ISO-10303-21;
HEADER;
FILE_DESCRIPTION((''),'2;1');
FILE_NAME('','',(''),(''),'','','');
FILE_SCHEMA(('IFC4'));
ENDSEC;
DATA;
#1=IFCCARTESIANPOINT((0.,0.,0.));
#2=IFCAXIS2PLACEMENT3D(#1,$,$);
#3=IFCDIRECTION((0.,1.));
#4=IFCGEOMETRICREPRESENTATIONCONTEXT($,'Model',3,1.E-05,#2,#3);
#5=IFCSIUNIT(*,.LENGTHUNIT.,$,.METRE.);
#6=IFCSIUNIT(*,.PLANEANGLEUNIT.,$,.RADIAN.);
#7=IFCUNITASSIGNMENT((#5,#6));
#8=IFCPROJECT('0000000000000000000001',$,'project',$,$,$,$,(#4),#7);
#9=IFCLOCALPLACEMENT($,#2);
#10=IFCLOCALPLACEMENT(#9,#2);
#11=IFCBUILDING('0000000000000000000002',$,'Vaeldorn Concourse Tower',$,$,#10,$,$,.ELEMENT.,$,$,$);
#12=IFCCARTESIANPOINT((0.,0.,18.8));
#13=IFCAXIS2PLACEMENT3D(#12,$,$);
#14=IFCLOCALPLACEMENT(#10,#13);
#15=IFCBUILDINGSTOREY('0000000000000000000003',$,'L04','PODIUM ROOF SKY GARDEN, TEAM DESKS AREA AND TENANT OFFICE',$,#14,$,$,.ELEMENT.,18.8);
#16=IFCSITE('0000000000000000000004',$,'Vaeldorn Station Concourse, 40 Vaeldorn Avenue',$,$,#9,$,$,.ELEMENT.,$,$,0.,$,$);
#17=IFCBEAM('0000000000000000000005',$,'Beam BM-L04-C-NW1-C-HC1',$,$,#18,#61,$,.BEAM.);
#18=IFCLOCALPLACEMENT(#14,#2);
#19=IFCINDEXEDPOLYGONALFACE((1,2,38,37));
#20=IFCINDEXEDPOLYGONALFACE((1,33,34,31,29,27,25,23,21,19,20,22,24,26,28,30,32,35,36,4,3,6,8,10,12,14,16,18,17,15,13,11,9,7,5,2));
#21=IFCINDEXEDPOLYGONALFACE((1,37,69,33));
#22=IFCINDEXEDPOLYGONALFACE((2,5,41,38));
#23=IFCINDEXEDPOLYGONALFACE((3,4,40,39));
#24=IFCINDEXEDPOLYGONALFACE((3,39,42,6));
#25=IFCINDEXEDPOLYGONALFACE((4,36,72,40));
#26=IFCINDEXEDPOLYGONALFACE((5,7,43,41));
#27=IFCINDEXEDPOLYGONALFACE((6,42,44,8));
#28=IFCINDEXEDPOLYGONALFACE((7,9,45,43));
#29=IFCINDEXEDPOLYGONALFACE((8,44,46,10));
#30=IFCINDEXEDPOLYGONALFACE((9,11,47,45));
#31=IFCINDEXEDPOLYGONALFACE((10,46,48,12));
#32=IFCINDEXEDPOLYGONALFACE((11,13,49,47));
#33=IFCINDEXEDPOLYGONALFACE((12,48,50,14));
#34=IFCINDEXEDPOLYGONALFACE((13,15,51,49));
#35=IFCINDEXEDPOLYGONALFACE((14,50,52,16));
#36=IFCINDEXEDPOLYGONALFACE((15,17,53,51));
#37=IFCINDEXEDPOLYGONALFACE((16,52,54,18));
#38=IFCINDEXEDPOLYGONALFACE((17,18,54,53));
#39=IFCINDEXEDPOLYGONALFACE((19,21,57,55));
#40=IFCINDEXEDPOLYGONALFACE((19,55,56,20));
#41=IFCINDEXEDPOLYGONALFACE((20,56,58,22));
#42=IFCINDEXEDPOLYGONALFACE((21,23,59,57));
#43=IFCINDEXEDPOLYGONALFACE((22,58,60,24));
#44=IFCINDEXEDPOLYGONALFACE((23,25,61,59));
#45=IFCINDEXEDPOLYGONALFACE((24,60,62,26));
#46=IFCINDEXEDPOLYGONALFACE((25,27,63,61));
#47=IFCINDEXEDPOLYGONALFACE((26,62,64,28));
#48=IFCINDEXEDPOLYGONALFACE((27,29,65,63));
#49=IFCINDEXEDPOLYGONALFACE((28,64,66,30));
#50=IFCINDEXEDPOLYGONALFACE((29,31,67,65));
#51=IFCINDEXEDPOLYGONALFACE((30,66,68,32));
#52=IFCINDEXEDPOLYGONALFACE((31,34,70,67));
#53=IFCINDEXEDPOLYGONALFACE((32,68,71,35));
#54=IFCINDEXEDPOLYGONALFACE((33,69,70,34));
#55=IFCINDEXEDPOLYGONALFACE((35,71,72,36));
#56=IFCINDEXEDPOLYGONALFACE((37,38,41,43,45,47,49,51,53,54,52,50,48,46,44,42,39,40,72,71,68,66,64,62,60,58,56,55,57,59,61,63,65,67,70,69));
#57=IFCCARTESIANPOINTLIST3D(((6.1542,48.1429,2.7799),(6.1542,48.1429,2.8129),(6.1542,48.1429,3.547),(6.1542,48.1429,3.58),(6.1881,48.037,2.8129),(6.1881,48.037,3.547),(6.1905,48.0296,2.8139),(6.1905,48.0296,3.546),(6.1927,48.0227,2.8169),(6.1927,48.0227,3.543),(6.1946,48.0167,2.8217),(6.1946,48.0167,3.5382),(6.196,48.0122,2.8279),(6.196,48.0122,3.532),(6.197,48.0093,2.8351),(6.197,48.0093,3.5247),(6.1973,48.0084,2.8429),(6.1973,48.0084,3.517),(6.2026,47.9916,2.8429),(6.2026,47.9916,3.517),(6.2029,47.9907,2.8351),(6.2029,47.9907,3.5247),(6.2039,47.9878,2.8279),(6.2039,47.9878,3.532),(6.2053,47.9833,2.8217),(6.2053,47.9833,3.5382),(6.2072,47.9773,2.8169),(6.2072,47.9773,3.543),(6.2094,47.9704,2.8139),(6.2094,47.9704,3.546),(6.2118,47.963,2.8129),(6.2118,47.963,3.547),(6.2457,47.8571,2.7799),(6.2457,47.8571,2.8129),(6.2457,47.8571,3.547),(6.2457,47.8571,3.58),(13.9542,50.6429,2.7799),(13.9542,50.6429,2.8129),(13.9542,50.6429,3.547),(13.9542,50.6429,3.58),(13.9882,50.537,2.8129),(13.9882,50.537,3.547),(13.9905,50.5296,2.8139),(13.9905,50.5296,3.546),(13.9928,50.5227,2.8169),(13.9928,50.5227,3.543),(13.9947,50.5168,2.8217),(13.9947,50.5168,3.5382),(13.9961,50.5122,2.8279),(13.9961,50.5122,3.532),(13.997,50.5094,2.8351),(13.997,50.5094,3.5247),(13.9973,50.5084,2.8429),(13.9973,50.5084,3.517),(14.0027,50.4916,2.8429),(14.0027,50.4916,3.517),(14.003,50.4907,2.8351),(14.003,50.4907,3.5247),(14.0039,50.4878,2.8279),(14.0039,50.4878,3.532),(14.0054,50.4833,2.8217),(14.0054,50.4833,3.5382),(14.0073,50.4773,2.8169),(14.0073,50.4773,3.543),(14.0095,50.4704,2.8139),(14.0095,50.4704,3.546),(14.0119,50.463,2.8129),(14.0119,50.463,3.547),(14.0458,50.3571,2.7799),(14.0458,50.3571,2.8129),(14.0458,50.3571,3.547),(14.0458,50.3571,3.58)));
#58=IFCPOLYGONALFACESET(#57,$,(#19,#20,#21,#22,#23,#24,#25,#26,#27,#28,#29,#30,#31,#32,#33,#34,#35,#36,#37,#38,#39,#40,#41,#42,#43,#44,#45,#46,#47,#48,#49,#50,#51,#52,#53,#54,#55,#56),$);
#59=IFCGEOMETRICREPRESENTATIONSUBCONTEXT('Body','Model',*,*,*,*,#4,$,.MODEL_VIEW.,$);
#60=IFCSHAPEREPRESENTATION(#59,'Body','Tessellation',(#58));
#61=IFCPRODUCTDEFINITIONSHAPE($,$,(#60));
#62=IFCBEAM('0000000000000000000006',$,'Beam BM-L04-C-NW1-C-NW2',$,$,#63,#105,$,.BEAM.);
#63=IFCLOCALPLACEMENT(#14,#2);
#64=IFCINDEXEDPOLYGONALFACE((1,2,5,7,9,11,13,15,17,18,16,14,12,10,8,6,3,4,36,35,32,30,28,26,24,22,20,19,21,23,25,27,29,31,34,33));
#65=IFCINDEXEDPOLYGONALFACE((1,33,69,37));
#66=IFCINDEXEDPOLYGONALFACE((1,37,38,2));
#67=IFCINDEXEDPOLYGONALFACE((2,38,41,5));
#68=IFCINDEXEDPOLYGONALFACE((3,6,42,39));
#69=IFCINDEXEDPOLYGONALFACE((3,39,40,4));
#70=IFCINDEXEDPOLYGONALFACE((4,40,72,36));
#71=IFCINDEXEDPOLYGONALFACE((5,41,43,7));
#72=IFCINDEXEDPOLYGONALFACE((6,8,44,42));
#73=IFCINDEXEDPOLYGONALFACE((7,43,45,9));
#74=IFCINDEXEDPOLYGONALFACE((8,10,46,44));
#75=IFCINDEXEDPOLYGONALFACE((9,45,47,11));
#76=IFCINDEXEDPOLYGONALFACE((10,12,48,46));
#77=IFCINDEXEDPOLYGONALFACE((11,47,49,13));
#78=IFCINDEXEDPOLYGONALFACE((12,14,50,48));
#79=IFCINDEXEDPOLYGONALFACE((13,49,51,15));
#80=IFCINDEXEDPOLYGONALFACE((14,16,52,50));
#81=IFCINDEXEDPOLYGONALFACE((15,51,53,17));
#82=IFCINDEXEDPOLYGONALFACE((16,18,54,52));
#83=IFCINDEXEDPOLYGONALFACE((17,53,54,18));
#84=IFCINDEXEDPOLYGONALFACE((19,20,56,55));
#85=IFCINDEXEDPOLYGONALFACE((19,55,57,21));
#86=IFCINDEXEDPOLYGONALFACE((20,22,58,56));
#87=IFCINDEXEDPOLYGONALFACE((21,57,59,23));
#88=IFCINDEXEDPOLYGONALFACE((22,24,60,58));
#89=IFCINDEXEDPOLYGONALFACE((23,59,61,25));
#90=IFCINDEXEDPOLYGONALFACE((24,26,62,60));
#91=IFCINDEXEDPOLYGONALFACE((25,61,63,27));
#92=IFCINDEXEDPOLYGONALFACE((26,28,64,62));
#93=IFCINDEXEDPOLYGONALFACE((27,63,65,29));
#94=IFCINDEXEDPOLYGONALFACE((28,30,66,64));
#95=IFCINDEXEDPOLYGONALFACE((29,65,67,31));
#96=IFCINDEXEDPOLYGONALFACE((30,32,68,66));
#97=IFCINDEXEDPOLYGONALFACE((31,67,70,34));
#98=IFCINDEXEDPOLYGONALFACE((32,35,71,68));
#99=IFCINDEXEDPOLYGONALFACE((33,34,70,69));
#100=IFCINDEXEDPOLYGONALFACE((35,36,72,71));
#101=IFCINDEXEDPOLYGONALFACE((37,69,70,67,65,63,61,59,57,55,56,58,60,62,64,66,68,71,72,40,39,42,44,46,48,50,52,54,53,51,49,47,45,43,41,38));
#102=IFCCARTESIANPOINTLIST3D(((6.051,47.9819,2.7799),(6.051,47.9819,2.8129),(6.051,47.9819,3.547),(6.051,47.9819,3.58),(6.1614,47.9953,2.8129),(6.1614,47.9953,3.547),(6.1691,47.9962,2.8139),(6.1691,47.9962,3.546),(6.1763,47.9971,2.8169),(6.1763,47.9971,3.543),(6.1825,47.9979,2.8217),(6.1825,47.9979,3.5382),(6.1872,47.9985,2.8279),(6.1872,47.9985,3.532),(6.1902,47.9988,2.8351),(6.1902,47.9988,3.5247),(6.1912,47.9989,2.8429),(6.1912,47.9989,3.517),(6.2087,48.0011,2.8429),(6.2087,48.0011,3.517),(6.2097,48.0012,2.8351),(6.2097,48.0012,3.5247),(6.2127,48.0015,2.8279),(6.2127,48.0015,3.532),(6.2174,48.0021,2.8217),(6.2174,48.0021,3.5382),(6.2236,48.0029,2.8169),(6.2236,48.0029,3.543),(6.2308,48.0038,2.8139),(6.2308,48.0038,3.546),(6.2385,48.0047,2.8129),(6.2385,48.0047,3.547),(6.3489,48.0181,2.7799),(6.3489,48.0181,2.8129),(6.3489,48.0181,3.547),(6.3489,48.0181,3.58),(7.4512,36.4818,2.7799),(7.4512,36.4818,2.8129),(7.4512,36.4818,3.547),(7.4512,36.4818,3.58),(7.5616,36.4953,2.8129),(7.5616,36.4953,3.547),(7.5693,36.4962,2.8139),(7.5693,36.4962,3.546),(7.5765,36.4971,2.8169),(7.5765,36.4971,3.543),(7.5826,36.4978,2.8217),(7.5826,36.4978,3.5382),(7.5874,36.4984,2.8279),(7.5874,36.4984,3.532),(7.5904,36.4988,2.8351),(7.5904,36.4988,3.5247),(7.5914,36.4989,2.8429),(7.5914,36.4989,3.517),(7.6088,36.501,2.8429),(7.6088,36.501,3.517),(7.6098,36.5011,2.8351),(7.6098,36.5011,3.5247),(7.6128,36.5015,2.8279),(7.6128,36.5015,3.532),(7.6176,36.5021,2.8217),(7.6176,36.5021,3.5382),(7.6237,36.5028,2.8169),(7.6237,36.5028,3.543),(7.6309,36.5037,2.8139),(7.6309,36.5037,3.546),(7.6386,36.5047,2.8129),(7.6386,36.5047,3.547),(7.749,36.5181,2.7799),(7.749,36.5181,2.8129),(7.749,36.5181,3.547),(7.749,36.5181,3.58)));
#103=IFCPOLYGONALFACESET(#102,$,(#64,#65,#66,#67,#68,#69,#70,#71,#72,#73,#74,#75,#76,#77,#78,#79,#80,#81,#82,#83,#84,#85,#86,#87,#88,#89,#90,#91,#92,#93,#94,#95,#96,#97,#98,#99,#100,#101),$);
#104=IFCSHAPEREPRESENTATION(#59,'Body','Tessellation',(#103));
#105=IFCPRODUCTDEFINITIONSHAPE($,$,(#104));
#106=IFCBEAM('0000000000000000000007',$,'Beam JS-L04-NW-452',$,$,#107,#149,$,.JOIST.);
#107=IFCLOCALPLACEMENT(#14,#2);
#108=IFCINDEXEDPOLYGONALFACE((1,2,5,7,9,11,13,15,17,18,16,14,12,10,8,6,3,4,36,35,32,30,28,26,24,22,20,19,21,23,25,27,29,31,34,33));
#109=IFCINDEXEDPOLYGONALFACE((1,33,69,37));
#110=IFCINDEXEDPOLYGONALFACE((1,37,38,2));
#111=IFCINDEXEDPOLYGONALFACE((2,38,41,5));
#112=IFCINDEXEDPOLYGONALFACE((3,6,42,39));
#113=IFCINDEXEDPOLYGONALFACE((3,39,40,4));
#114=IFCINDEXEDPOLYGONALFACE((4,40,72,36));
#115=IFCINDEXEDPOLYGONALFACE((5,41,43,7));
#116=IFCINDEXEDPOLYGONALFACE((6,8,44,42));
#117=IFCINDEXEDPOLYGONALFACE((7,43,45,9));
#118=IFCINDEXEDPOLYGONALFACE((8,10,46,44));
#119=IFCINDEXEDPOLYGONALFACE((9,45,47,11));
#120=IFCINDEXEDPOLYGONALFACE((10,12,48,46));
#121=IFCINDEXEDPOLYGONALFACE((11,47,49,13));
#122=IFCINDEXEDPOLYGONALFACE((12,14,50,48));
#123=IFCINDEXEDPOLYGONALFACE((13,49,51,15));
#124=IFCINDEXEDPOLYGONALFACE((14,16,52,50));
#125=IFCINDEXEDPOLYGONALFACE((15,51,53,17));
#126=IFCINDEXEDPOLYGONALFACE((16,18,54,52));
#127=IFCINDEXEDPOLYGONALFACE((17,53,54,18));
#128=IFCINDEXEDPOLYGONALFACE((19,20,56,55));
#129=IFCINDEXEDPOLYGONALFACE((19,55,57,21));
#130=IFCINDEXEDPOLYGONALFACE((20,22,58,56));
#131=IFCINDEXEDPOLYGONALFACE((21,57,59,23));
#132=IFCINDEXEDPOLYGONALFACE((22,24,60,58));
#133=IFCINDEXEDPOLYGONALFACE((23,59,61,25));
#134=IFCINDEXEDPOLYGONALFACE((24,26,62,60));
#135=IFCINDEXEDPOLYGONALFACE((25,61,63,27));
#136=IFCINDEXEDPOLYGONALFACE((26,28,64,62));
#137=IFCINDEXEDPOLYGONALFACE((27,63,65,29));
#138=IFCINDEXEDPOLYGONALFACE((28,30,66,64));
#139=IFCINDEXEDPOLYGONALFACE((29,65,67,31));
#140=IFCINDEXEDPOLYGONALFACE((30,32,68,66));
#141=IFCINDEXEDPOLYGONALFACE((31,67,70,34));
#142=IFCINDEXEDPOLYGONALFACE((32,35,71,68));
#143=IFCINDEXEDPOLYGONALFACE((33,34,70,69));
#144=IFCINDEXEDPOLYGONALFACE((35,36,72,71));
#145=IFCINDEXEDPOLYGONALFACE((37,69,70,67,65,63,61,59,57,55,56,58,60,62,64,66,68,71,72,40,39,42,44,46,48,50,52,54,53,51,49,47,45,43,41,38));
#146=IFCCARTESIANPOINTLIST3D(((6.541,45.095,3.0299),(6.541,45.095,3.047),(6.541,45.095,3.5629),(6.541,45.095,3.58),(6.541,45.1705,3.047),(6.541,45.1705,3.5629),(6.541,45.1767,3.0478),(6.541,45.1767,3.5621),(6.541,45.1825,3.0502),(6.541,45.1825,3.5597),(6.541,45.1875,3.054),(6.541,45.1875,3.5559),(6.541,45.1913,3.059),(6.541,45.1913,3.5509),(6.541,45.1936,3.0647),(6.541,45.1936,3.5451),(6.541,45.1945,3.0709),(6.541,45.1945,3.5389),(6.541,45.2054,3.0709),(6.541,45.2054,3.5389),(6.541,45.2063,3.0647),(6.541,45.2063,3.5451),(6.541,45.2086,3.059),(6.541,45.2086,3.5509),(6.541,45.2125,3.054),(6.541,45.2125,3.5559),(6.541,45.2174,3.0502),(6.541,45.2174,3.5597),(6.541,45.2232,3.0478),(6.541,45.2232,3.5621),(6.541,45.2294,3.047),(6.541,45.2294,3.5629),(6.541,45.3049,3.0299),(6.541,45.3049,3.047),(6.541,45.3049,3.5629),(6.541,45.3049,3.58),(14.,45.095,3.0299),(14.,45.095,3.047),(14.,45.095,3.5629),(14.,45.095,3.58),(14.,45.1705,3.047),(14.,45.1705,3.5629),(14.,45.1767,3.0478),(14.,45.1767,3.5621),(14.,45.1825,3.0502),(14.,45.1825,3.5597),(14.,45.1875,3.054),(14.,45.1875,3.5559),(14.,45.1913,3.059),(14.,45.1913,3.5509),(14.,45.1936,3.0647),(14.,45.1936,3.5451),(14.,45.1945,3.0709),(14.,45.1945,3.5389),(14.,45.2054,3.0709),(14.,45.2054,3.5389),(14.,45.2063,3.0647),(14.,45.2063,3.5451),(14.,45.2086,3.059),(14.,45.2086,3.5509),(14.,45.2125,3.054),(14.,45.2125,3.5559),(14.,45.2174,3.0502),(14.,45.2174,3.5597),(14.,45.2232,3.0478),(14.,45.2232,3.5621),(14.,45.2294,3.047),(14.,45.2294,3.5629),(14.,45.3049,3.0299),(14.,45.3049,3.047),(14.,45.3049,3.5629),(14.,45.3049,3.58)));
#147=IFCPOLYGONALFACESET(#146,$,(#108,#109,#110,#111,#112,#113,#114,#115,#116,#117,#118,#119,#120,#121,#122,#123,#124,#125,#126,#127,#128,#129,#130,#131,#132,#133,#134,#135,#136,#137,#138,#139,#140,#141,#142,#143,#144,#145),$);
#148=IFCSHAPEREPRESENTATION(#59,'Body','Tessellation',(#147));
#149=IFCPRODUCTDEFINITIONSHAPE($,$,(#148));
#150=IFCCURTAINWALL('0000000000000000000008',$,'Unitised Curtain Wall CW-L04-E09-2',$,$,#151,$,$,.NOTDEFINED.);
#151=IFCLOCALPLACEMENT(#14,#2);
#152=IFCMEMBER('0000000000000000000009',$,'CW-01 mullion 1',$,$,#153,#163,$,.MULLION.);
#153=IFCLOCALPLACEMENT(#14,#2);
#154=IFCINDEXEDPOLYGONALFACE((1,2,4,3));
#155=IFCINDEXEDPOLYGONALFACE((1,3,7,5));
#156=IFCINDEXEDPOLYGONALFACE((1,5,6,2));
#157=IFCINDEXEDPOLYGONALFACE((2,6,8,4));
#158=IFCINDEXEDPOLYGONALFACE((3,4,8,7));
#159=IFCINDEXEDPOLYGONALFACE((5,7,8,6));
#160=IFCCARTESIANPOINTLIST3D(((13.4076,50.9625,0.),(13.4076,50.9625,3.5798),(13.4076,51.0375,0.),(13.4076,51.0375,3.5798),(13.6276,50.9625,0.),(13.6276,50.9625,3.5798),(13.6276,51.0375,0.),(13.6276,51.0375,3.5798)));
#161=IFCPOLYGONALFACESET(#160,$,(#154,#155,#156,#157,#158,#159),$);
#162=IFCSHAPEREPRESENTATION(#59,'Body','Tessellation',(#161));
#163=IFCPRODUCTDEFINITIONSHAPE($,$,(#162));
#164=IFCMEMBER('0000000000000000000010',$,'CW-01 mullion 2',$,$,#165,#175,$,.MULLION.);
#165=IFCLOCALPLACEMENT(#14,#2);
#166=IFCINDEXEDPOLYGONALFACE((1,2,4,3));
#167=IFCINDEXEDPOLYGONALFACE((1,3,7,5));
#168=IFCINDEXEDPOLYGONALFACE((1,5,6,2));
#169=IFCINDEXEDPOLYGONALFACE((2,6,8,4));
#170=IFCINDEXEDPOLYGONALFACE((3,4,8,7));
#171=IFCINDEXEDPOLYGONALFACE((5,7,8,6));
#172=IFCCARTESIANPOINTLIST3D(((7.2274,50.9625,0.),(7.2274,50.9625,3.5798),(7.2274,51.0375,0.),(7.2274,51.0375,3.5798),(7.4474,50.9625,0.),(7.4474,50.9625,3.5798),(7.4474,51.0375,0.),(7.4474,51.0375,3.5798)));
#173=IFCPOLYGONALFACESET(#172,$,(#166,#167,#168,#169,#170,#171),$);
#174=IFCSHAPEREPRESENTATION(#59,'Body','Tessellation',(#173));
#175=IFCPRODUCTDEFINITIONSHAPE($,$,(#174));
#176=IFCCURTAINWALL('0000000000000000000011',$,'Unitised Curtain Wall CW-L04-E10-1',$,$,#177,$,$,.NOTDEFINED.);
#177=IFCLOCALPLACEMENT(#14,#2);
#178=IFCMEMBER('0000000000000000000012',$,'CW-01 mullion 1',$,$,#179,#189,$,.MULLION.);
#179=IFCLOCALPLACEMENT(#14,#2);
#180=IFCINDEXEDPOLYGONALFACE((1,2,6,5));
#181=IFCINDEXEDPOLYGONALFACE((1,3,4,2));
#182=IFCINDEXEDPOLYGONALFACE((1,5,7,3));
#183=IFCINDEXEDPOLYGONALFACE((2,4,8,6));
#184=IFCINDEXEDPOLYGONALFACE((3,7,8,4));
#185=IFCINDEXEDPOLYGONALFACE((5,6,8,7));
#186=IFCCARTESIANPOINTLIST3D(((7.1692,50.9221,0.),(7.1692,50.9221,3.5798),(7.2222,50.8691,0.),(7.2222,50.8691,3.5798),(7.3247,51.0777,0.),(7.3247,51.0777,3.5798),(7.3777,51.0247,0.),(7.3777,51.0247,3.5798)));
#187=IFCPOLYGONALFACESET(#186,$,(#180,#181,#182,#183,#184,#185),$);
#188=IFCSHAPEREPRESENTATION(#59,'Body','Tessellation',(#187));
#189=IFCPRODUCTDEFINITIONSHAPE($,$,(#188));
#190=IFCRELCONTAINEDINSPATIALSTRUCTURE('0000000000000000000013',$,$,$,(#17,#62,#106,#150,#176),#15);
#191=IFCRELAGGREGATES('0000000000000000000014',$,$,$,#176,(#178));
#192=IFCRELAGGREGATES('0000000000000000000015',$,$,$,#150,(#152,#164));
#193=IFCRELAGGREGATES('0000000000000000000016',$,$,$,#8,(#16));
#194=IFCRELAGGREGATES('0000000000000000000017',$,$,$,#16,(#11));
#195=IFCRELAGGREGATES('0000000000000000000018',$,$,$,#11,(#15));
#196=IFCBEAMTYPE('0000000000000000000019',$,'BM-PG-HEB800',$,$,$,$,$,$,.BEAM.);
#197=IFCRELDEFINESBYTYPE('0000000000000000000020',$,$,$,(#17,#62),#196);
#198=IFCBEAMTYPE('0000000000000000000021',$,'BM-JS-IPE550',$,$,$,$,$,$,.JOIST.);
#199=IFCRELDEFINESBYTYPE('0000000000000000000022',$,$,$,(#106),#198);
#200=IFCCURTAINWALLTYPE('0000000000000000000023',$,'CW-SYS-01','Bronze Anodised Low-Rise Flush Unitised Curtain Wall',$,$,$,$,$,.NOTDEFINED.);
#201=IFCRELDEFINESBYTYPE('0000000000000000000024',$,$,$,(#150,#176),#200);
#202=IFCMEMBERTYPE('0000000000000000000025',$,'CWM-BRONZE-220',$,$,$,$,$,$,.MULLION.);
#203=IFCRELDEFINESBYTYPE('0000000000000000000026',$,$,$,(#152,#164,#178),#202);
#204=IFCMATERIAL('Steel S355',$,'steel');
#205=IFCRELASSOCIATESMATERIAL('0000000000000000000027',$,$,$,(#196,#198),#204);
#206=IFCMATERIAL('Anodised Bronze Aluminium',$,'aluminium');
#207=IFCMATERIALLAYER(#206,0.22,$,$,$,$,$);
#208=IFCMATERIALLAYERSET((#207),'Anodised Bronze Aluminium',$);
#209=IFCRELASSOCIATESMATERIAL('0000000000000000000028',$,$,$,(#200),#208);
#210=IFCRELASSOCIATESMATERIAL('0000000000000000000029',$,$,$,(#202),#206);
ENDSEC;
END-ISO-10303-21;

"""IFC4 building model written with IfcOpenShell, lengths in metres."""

from ifc_helpers import new_model, si_unit, direction, frame, origin, origin_2d, place, context, subcontext, project, spatial, rectangle, i_section, extrude, source, transform, mapped, material, layer, layer_set, material_profile, profile_set, type_object, element, aggregate, save


model = new_model("IFC4")

# Units and contexts
model_context = context("Model", 3, precision=1e-05, world=origin(), true_north=direction((0.0, 1.0)))
body_context = subcontext(model_context, "Body", "Model", "MODEL_VIEW")
ifc_project = project(units=[si_unit("LENGTHUNIT", "METRE"), si_unit("PLANEANGLEUNIT", "RADIAN")], contexts=[model_context])

# Site, building, storey
site_placement = place(None, origin())
site = spatial("IfcSite", under=ifc_project, at=site_placement, Name="Vaeldorn Station Concourse, 40 Vaeldorn Avenue", CompositionType="ELEMENT", RefElevation=0.0)
building_placement = place(site_placement, origin())
building = spatial("IfcBuilding", under=site, at=building_placement, Name="Vaeldorn Concourse Tower", CompositionType="ELEMENT")
storey_placement = place(building_placement, frame((0.0, 0.0, 18.8)))
storey = spatial("IfcBuildingStorey", under=building, at=storey_placement, Name="L04", Description="PODIUM ROOF SKY GARDEN, TEAM DESKS AREA AND TENANT OFFICE", CompositionType="ELEMENT", Elevation=18.8)

# Beams
ifc_material_1 = material(Name="Steel S355", Category="steel")
ifc_material_profile_1 = material_profile(ifc_material_1, i_section(OverallWidth=0.3, OverallDepth=0.8, WebThickness=0.0176, FlangeThickness=0.033, FilletRadius=0.03, at=origin_2d()), Name="HEB 800")
ifc_profile_set_1 = profile_set([ifc_material_profile_1], Name="Steel S355")
beam_type_1 = type_object("IfcBeamType", Name="BM-PG-HEB800", PredefinedType="BEAM", material=ifc_profile_set_1)
shared_shape_1 = source(origin(), body_context, "Body", "SweptSolid", [
    extrude(i_section(OverallWidth=0.3, OverallDepth=0.8, WebThickness=0.0176, FlangeThickness=0.033, FilletRadius=0.03, at=origin_2d()), origin(), (0.0, 0.0, 1.0), 8.1909),
])
beam_1_placement = place(storey_placement, frame((6.2, 48.0, 3.1799), z_axis=(0.952283, 0.305217, 0.0), x_axis=(-0.305217, 0.952283, 0.0)))
element("IfcBeam", 1, at=beam_1_placement, inside=storey, type_object=beam_type_1, Name="Beam BM-L04-C-NW1-C-HC1", PredefinedType="BEAM", context=body_context, shape_type="MappedRepresentation", body=[
    mapped(shared_shape_1, transform((0.0, 0.0, 0.0), scale=1.0)),
])
shared_shape_2 = source(origin(), body_context, "Body", "SweptSolid", [
    extrude(i_section(OverallWidth=0.3, OverallDepth=0.8, WebThickness=0.0176, FlangeThickness=0.033, FilletRadius=0.03, at=origin_2d()), origin(), (0.0, 0.0, 1.0), 11.585),
])
beam_2_placement = place(storey_placement, frame((6.2, 48.0, 3.1799), z_axis=(0.120859, -0.99267, 0.0), x_axis=(0.99267, 0.120859, 0.0)))
element("IfcBeam", 2, at=beam_2_placement, inside=storey, type_object=beam_type_1, Name="Beam BM-L04-C-NW1-C-NW2", PredefinedType="BEAM", context=body_context, shape_type="MappedRepresentation", body=[
    mapped(shared_shape_2, transform((0.0, 0.0, 0.0), scale=1.0)),
])
ifc_material_profile_2 = material_profile(ifc_material_1, i_section(OverallWidth=0.21, OverallDepth=0.55, WebThickness=0.011, FlangeThickness=0.0171, FilletRadius=0.0239, at=origin_2d()), Name="IPE 550")
ifc_profile_set_2 = profile_set([ifc_material_profile_2], Name="Steel S355")
beam_type_2 = type_object("IfcBeamType", Name="BM-JS-IPE550", PredefinedType="JOIST", material=ifc_profile_set_2)
shared_shape_3 = source(origin(), body_context, "Body", "SweptSolid", [
    extrude(i_section(OverallWidth=0.21, OverallDepth=0.55, WebThickness=0.011, FlangeThickness=0.0171, FilletRadius=0.0239, at=origin_2d()), origin(), (0.0, 0.0, 1.0), 7.459),
])
beam_3_placement = place(storey_placement, frame((6.541, 45.2, 3.3049), z_axis=(1.0, 0.0, 0.0), x_axis=(0.0, 1.0, 0.0)))
element("IfcBeam", 3, at=beam_3_placement, inside=storey, type_object=beam_type_2, Name="Beam JS-L04-NW-452", PredefinedType="JOIST", context=body_context, shape_type="MappedRepresentation", body=[
    mapped(shared_shape_3, transform((0.0, 0.0, 0.0), scale=1.0)),
])

# Curtain walls, members
ifc_material_2 = material(Name="Anodised Bronze Aluminium", Category="aluminium")
ifc_layer_1 = layer(ifc_material_2, 0.22)
ifc_layer_set_1 = layer_set([ifc_layer_1], Name="Anodised Bronze Aluminium")
curtain_wall_type_1 = type_object("IfcCurtainWallType", Name="CW-SYS-01", Description="Bronze Anodised Low-Rise Flush Unitised Curtain Wall", PredefinedType="NOTDEFINED", material=ifc_layer_set_1)
curtain_wall_1_placement = place(storey_placement, origin())
curtain_wall_1 = element("IfcCurtainWall", 4, at=curtain_wall_1_placement, inside=storey, type_object=curtain_wall_type_1, Name="Unitised Curtain Wall CW-L04-E09-2", PredefinedType="NOTDEFINED")
ifc_material_profile_3 = material_profile(ifc_material_2, rectangle(XDim=0.075, YDim=0.22, at=origin_2d()), Name="CWM 75x220")
ifc_profile_set_3 = profile_set([ifc_material_profile_3], Name="Anodised Bronze Aluminium")
member_type_1 = type_object("IfcMemberType", Name="CWM-BRONZE-220", PredefinedType="MULLION", material=ifc_profile_set_3)
shared_shape_4 = source(origin(), body_context, "Body", "SweptSolid", [
    extrude(rectangle(XDim=0.075, YDim=0.22, at=origin_2d()), origin(), (0.0, 0.0, 1.0), 3.5798),
])
member_1_placement = place(storey_placement, frame((13.5176, 51.0, 0.0), z_axis=(0.0, 0.0, 1.0), x_axis=(0.0, -1.0, 0.0)))
member_1 = element("IfcMember", 5, at=member_1_placement, type_object=member_type_1, Name="CW-01 mullion 1", PredefinedType="MULLION", context=body_context, shape_type="MappedRepresentation", body=[
    mapped(shared_shape_4, transform((0.0, 0.0, 0.0), scale=1.0)),
])
member_2_placement = place(storey_placement, frame((7.3374, 51.0, 0.0), z_axis=(0.0, 0.0, 1.0), x_axis=(0.0, -1.0, 0.0)))
member_2 = element("IfcMember", 6, at=member_2_placement, type_object=member_type_1, Name="CW-01 mullion 2", PredefinedType="MULLION", context=body_context, shape_type="MappedRepresentation", body=[
    mapped(shared_shape_4, transform((0.0, 0.0, 0.0), scale=1.0)),
])
curtain_wall_2_placement = place(storey_placement, origin())
curtain_wall_2 = element("IfcCurtainWall", 7, at=curtain_wall_2_placement, inside=storey, type_object=curtain_wall_type_1, Name="Unitised Curtain Wall CW-L04-E10-1", PredefinedType="NOTDEFINED")
member_3_placement = place(storey_placement, frame((7.2734, 50.9734, 0.0), z_axis=(0.0, 0.0, 1.0), x_axis=(0.707107, -0.707107, 0.0)))
member_3 = element("IfcMember", 8, at=member_3_placement, type_object=member_type_1, Name="CW-01 mullion 1", PredefinedType="MULLION", context=body_context, shape_type="MappedRepresentation", body=[
    mapped(shared_shape_4, transform((0.0, 0.0, 0.0), scale=1.0)),
])

aggregate(curtain_wall_2, [member_3])
aggregate(curtain_wall_1, [member_1, member_2])

save(model, "model.ifc")
